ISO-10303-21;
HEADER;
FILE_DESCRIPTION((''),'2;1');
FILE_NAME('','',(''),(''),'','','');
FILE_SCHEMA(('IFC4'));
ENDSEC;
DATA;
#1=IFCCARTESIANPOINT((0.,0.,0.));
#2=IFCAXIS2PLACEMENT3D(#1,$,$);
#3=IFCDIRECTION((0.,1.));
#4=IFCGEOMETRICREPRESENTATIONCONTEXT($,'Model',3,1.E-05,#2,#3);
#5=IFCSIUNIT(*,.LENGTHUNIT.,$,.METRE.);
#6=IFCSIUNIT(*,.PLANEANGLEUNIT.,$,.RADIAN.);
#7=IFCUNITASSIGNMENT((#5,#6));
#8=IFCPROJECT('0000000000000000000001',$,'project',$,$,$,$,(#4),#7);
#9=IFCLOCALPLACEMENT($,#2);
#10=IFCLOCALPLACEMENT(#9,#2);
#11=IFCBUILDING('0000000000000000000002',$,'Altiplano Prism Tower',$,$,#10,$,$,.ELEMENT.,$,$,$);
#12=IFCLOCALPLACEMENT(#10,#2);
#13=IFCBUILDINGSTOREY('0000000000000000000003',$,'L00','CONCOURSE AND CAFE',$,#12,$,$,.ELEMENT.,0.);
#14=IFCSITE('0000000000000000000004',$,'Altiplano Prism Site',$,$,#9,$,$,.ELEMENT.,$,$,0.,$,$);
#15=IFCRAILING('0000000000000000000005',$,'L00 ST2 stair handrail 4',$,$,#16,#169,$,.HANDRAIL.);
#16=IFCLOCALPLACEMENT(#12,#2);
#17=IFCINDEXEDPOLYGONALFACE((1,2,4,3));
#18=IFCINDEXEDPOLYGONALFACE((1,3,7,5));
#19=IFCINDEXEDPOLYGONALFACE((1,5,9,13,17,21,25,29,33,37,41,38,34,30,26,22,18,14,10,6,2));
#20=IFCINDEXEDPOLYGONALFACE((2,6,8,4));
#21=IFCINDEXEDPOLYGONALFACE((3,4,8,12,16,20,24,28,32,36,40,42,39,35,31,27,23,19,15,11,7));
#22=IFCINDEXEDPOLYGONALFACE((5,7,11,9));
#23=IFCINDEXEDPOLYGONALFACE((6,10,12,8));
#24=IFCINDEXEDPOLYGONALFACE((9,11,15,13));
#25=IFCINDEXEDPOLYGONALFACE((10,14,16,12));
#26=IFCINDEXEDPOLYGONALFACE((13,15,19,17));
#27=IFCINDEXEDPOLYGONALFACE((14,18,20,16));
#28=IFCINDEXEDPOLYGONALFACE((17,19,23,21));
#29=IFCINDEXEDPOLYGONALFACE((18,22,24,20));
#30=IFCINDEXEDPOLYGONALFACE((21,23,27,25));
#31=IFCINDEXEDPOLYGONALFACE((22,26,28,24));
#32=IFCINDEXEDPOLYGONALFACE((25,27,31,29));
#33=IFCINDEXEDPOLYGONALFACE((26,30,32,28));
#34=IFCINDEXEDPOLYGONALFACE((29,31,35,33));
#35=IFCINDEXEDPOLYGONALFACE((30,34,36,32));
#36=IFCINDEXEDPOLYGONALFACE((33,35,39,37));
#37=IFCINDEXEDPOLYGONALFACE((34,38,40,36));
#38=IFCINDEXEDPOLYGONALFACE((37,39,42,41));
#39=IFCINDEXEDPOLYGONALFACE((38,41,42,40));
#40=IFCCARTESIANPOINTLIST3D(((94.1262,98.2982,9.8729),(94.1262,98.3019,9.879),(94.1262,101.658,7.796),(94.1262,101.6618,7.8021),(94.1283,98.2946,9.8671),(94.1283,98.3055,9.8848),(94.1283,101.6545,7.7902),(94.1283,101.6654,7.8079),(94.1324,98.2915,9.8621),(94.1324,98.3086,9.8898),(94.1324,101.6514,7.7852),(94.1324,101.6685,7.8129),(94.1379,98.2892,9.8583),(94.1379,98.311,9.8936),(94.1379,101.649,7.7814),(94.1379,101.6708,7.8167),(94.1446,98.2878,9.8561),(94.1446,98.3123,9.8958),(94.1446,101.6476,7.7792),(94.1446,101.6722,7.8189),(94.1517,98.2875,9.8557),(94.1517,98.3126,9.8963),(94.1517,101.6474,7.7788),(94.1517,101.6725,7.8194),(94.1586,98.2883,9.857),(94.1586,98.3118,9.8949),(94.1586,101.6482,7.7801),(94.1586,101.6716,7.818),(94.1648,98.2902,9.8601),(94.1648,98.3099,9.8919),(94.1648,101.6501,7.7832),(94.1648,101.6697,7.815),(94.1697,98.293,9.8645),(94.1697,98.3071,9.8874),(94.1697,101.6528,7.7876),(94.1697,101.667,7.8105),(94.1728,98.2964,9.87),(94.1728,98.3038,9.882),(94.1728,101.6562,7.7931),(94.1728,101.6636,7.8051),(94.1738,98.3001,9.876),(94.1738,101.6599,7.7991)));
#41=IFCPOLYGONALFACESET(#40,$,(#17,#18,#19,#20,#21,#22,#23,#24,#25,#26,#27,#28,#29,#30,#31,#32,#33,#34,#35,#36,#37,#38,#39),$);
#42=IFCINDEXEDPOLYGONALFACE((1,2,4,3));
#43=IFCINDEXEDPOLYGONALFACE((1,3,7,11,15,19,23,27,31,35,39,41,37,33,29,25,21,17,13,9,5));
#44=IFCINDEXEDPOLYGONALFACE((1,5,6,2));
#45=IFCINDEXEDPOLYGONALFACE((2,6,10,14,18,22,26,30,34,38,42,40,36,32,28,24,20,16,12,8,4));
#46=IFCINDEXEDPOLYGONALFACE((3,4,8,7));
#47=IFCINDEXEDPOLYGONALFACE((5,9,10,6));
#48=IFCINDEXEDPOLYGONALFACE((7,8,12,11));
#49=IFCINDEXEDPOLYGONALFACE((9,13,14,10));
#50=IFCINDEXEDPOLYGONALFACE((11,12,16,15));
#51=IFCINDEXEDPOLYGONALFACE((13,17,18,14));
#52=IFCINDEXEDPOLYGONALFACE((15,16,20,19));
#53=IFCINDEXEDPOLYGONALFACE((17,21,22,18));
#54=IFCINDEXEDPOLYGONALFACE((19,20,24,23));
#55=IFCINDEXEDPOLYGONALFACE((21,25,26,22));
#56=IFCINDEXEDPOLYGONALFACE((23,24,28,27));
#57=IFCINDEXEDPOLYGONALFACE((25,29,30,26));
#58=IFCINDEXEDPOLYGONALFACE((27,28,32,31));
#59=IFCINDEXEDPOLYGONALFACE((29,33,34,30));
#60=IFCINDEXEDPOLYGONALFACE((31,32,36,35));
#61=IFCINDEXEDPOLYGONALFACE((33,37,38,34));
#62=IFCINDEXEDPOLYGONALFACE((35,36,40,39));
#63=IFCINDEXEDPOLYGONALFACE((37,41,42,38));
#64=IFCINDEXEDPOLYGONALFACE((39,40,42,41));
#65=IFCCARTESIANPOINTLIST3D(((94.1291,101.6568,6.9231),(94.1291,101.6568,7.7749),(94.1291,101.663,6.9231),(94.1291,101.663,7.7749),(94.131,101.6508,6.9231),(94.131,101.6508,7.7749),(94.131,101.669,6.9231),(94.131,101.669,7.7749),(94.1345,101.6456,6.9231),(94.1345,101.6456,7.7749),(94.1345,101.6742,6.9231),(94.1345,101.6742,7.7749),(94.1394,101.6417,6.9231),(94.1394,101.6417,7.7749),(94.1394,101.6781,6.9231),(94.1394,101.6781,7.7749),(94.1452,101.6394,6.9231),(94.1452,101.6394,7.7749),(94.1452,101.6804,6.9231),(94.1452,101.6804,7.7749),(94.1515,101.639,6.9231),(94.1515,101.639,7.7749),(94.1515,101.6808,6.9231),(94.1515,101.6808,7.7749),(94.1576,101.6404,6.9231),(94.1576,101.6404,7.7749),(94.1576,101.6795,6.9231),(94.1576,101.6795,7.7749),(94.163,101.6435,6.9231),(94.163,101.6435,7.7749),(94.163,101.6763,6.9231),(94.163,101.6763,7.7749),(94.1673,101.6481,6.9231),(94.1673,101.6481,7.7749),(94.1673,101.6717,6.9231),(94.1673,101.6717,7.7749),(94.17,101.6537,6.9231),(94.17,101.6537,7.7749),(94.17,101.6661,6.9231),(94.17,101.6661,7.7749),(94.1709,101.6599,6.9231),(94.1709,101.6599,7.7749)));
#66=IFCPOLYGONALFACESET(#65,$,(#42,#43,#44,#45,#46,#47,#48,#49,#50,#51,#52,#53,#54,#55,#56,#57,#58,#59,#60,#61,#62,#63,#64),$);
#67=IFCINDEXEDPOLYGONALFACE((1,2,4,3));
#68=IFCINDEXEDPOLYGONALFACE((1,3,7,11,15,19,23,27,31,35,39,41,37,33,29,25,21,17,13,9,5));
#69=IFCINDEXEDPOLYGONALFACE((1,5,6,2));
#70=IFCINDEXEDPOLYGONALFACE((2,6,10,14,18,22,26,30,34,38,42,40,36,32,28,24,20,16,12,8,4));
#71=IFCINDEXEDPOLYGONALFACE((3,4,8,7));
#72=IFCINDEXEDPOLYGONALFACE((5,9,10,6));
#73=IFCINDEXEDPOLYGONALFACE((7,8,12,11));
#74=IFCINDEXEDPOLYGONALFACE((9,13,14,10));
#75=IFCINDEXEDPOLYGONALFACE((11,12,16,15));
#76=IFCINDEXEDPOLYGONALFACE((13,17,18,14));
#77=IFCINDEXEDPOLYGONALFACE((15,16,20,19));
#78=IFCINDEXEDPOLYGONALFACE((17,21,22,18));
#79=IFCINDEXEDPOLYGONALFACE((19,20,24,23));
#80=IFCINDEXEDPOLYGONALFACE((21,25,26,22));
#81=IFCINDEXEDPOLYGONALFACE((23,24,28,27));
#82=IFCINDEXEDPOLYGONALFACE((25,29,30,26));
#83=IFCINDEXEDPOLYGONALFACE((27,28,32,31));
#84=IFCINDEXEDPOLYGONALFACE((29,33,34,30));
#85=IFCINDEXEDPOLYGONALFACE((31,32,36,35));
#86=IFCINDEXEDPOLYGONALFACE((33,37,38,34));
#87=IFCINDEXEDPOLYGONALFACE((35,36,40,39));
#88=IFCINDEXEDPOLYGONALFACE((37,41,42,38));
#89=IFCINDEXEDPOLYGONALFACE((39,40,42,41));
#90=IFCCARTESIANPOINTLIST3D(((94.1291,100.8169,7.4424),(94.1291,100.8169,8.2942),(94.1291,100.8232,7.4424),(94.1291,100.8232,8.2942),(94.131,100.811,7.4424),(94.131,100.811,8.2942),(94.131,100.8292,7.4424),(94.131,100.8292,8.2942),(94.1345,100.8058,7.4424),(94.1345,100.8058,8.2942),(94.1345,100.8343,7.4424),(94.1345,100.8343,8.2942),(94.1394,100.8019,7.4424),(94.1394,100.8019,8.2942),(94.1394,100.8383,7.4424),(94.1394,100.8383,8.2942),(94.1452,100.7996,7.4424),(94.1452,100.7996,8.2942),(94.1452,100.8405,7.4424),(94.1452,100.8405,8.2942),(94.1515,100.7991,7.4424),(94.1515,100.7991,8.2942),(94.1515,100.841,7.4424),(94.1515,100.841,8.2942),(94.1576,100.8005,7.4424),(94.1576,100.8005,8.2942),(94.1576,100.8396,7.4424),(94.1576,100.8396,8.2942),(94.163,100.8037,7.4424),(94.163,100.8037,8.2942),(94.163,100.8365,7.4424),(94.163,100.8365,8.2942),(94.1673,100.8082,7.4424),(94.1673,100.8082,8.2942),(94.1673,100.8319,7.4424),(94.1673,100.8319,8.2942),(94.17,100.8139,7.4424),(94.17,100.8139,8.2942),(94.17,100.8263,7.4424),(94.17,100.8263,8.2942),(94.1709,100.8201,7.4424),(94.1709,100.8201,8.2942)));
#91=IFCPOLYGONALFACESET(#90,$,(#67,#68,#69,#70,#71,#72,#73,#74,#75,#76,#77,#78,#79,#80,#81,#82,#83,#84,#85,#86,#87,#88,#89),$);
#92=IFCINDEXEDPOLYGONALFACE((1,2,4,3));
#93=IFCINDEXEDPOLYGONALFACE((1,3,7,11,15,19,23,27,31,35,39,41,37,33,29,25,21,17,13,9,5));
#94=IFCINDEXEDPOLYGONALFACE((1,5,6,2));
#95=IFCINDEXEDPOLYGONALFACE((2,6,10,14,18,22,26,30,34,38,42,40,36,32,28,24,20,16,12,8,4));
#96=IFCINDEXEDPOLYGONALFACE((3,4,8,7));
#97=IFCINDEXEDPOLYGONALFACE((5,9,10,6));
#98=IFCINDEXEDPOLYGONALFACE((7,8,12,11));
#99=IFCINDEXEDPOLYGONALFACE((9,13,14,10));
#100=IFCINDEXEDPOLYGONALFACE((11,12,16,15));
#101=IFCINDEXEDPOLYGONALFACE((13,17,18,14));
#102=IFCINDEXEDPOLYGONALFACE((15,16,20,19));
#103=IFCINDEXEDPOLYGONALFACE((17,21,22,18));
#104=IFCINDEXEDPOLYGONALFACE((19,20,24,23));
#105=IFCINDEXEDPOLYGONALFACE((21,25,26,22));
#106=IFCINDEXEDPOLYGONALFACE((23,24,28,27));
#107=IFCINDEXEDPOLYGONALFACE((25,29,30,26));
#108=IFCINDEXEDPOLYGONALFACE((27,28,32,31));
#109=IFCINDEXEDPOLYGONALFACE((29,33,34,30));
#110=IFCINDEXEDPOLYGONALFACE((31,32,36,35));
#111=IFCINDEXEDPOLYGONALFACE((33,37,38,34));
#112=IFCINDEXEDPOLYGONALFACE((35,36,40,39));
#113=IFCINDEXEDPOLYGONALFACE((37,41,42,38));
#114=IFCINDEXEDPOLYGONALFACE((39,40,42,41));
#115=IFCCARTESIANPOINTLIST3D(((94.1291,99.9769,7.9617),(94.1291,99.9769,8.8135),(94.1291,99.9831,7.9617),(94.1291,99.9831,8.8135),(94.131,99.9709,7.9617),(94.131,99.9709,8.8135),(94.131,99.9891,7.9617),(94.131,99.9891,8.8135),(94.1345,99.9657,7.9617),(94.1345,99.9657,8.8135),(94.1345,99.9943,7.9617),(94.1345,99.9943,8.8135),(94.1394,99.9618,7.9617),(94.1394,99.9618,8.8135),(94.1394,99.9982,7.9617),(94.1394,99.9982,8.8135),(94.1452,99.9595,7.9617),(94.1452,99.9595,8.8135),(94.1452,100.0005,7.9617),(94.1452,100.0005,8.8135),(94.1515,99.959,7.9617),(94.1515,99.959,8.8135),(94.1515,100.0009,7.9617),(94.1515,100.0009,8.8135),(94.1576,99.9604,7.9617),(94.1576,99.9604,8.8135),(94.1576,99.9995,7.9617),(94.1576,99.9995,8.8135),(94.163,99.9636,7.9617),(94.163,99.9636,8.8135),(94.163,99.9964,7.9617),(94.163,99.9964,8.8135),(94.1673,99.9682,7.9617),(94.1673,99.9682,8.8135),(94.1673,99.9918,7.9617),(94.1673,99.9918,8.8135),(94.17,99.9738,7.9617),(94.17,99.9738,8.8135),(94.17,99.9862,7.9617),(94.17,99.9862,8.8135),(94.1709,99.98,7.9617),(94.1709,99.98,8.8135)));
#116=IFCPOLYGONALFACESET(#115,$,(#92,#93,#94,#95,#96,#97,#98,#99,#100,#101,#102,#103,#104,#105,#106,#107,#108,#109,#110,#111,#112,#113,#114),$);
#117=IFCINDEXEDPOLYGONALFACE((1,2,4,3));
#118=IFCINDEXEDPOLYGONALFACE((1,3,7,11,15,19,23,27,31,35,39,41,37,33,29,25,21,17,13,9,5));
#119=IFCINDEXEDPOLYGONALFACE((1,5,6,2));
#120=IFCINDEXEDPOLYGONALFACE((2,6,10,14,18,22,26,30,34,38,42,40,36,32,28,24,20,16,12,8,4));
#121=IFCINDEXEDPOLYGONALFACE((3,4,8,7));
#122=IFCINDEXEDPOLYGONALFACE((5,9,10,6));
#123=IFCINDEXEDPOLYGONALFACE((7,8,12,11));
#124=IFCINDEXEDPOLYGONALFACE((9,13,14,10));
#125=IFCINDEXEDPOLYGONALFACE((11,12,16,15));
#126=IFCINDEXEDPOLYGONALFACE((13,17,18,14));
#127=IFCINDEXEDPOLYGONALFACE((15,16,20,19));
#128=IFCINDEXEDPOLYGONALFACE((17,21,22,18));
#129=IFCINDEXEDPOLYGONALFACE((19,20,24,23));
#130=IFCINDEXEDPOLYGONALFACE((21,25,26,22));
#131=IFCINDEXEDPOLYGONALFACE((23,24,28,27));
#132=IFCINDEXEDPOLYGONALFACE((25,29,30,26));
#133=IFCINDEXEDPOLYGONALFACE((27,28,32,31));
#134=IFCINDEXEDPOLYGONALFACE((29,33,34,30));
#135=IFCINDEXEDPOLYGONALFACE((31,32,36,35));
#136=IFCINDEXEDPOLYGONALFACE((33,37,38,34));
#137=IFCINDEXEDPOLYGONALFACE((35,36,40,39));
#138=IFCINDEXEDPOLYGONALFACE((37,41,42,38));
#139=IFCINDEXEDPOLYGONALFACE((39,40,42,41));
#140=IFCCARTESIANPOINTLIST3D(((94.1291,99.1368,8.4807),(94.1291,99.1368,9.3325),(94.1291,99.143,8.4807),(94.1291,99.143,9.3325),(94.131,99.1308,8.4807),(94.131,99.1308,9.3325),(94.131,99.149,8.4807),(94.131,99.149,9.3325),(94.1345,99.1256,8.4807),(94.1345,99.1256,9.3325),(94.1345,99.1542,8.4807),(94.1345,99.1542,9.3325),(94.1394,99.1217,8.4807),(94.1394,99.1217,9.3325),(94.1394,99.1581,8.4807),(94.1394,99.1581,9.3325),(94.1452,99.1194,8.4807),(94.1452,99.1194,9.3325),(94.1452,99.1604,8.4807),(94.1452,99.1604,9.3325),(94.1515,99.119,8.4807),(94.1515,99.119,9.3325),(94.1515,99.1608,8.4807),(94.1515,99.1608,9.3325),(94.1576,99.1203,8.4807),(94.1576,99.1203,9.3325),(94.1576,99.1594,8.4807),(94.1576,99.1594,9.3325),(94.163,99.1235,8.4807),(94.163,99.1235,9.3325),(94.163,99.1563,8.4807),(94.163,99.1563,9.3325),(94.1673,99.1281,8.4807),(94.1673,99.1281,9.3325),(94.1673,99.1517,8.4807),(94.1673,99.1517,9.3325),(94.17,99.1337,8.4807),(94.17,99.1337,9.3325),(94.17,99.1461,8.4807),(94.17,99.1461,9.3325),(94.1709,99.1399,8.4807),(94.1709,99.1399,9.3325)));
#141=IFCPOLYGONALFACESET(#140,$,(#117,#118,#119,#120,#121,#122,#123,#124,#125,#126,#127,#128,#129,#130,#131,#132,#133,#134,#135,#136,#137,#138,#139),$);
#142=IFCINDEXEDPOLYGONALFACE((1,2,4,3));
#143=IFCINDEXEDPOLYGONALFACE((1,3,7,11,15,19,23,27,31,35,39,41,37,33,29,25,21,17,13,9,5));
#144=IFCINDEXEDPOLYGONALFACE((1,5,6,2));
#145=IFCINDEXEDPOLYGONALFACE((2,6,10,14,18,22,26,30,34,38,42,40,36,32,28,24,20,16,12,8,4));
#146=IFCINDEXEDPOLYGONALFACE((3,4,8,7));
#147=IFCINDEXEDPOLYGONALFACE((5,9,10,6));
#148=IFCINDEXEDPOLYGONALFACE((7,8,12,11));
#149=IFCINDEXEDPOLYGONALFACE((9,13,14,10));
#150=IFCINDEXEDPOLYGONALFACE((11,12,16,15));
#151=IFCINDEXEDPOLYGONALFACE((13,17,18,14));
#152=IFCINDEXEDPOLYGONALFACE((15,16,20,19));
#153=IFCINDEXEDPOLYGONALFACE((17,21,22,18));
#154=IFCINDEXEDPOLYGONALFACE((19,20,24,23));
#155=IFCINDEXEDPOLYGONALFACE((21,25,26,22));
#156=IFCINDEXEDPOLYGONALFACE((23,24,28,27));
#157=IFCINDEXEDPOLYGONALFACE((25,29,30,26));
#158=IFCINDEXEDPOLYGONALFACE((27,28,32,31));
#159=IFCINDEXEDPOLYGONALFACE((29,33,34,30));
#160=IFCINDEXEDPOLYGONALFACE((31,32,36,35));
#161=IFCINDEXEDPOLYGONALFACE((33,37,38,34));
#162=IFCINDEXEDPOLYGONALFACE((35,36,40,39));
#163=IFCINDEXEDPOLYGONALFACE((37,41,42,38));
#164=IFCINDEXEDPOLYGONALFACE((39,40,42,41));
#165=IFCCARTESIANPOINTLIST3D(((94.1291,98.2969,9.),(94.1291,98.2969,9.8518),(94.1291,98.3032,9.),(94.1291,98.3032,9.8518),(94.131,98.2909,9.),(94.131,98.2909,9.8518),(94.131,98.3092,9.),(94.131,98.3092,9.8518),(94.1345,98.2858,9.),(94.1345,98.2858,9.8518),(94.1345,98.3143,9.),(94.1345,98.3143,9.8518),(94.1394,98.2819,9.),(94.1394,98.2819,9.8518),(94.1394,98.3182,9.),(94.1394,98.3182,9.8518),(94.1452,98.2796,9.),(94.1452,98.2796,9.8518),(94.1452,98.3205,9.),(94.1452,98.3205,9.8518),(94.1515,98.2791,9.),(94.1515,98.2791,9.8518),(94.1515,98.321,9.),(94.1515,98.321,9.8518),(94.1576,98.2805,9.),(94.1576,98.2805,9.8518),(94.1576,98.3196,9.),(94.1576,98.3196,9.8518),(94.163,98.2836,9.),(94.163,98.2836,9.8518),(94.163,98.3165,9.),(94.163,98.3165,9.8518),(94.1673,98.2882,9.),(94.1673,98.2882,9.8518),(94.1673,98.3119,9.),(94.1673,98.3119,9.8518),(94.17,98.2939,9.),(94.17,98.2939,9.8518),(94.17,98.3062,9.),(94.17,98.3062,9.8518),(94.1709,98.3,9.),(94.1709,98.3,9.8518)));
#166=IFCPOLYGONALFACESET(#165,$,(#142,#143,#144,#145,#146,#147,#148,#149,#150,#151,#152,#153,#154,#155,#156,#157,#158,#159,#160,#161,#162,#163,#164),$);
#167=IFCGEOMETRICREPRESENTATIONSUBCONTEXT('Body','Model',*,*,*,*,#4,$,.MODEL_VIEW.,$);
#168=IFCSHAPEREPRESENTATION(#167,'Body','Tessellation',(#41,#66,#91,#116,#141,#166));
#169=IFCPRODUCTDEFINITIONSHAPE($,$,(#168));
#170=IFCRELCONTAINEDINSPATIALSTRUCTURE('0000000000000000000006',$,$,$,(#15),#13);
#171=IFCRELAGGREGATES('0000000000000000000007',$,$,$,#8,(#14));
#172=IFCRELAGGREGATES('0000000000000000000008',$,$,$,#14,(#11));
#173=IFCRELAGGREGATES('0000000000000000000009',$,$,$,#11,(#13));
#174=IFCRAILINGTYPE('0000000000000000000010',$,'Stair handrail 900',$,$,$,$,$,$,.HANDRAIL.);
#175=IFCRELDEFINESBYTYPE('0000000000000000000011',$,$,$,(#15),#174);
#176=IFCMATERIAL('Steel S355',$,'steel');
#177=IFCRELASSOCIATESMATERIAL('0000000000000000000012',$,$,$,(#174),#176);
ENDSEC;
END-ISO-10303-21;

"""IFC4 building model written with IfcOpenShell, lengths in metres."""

from ifc_helpers import new_model, si_unit, direction, frame, origin, origin_2d, place, context, subcontext, project, spatial, circle, extrude, material, type_object, element, save


model = new_model("IFC4")

# Units and contexts
model_context = context("Model", 3, precision=1e-05, world=origin(), true_north=direction((0.0, 1.0)))
body_context = subcontext(model_context, "Body", "Model", "MODEL_VIEW")
ifc_project = project(units=[si_unit("LENGTHUNIT", "METRE"), si_unit("PLANEANGLEUNIT", "RADIAN")], contexts=[model_context])

# Site, building, storey
site_placement = place(None, origin())
site = spatial("IfcSite", under=ifc_project, at=site_placement, Name="Altiplano Prism Site", CompositionType="ELEMENT", RefElevation=0.0)
building_placement = place(site_placement, origin())
building = spatial("IfcBuilding", under=site, at=building_placement, Name="Altiplano Prism Tower", CompositionType="ELEMENT")
storey_placement = place(building_placement, origin())
storey = spatial("IfcBuildingStorey", under=building, at=storey_placement, Name="L00", Description="CONCOURSE AND CAFE", CompositionType="ELEMENT", Elevation=0.0)

# Railing
ifc_material_1 = material(Name="Steel S355", Category="steel")
railing_type_1 = type_object("IfcRailingType", Name="Stair handrail 900", PredefinedType="HANDRAIL", material=ifc_material_1)
railing_1_placement = place(storey_placement, frame((94.1499, 101.6599, 6.9231)))
element("IfcRailing", 1, at=railing_1_placement, inside=storey, type_object=railing_type_1, Name="L00 ST2 stair handrail 4", PredefinedType="HANDRAIL", context=body_context, shape_type="SweptSolid", body=[
    extrude(circle(Radius=0.0239, at=origin_2d()), frame((0.0, 0.0, 0.876), z_axis=(0.0, -0.850606, 0.525803), x_axis=(1.0, 0.0, 0.0)), (0.0, 0.0, 1.0), 3.95),
    extrude(circle(Radius=0.021, at=origin_2d()), origin(), (0.0, 0.0, 1.0), 0.8518),
    extrude(circle(Radius=0.021, at=origin_2d()), frame((0.0, -0.8398, 0.5193)), (0.0, 0.0, 1.0), 0.8518),
    extrude(circle(Radius=0.021, at=origin_2d()), frame((0.0, -1.6799, 1.0386)), (0.0, 0.0, 1.0), 0.8518),
    extrude(circle(Radius=0.021, at=origin_2d()), frame((0.0, -2.52, 1.5576)), (0.0, 0.0, 1.0), 0.8518),
    extrude(circle(Radius=0.021, at=origin_2d()), frame((0.0, -3.3599, 2.0769)), (0.0, 0.0, 1.0), 0.8518),
])

save(model, "model.ifc")
